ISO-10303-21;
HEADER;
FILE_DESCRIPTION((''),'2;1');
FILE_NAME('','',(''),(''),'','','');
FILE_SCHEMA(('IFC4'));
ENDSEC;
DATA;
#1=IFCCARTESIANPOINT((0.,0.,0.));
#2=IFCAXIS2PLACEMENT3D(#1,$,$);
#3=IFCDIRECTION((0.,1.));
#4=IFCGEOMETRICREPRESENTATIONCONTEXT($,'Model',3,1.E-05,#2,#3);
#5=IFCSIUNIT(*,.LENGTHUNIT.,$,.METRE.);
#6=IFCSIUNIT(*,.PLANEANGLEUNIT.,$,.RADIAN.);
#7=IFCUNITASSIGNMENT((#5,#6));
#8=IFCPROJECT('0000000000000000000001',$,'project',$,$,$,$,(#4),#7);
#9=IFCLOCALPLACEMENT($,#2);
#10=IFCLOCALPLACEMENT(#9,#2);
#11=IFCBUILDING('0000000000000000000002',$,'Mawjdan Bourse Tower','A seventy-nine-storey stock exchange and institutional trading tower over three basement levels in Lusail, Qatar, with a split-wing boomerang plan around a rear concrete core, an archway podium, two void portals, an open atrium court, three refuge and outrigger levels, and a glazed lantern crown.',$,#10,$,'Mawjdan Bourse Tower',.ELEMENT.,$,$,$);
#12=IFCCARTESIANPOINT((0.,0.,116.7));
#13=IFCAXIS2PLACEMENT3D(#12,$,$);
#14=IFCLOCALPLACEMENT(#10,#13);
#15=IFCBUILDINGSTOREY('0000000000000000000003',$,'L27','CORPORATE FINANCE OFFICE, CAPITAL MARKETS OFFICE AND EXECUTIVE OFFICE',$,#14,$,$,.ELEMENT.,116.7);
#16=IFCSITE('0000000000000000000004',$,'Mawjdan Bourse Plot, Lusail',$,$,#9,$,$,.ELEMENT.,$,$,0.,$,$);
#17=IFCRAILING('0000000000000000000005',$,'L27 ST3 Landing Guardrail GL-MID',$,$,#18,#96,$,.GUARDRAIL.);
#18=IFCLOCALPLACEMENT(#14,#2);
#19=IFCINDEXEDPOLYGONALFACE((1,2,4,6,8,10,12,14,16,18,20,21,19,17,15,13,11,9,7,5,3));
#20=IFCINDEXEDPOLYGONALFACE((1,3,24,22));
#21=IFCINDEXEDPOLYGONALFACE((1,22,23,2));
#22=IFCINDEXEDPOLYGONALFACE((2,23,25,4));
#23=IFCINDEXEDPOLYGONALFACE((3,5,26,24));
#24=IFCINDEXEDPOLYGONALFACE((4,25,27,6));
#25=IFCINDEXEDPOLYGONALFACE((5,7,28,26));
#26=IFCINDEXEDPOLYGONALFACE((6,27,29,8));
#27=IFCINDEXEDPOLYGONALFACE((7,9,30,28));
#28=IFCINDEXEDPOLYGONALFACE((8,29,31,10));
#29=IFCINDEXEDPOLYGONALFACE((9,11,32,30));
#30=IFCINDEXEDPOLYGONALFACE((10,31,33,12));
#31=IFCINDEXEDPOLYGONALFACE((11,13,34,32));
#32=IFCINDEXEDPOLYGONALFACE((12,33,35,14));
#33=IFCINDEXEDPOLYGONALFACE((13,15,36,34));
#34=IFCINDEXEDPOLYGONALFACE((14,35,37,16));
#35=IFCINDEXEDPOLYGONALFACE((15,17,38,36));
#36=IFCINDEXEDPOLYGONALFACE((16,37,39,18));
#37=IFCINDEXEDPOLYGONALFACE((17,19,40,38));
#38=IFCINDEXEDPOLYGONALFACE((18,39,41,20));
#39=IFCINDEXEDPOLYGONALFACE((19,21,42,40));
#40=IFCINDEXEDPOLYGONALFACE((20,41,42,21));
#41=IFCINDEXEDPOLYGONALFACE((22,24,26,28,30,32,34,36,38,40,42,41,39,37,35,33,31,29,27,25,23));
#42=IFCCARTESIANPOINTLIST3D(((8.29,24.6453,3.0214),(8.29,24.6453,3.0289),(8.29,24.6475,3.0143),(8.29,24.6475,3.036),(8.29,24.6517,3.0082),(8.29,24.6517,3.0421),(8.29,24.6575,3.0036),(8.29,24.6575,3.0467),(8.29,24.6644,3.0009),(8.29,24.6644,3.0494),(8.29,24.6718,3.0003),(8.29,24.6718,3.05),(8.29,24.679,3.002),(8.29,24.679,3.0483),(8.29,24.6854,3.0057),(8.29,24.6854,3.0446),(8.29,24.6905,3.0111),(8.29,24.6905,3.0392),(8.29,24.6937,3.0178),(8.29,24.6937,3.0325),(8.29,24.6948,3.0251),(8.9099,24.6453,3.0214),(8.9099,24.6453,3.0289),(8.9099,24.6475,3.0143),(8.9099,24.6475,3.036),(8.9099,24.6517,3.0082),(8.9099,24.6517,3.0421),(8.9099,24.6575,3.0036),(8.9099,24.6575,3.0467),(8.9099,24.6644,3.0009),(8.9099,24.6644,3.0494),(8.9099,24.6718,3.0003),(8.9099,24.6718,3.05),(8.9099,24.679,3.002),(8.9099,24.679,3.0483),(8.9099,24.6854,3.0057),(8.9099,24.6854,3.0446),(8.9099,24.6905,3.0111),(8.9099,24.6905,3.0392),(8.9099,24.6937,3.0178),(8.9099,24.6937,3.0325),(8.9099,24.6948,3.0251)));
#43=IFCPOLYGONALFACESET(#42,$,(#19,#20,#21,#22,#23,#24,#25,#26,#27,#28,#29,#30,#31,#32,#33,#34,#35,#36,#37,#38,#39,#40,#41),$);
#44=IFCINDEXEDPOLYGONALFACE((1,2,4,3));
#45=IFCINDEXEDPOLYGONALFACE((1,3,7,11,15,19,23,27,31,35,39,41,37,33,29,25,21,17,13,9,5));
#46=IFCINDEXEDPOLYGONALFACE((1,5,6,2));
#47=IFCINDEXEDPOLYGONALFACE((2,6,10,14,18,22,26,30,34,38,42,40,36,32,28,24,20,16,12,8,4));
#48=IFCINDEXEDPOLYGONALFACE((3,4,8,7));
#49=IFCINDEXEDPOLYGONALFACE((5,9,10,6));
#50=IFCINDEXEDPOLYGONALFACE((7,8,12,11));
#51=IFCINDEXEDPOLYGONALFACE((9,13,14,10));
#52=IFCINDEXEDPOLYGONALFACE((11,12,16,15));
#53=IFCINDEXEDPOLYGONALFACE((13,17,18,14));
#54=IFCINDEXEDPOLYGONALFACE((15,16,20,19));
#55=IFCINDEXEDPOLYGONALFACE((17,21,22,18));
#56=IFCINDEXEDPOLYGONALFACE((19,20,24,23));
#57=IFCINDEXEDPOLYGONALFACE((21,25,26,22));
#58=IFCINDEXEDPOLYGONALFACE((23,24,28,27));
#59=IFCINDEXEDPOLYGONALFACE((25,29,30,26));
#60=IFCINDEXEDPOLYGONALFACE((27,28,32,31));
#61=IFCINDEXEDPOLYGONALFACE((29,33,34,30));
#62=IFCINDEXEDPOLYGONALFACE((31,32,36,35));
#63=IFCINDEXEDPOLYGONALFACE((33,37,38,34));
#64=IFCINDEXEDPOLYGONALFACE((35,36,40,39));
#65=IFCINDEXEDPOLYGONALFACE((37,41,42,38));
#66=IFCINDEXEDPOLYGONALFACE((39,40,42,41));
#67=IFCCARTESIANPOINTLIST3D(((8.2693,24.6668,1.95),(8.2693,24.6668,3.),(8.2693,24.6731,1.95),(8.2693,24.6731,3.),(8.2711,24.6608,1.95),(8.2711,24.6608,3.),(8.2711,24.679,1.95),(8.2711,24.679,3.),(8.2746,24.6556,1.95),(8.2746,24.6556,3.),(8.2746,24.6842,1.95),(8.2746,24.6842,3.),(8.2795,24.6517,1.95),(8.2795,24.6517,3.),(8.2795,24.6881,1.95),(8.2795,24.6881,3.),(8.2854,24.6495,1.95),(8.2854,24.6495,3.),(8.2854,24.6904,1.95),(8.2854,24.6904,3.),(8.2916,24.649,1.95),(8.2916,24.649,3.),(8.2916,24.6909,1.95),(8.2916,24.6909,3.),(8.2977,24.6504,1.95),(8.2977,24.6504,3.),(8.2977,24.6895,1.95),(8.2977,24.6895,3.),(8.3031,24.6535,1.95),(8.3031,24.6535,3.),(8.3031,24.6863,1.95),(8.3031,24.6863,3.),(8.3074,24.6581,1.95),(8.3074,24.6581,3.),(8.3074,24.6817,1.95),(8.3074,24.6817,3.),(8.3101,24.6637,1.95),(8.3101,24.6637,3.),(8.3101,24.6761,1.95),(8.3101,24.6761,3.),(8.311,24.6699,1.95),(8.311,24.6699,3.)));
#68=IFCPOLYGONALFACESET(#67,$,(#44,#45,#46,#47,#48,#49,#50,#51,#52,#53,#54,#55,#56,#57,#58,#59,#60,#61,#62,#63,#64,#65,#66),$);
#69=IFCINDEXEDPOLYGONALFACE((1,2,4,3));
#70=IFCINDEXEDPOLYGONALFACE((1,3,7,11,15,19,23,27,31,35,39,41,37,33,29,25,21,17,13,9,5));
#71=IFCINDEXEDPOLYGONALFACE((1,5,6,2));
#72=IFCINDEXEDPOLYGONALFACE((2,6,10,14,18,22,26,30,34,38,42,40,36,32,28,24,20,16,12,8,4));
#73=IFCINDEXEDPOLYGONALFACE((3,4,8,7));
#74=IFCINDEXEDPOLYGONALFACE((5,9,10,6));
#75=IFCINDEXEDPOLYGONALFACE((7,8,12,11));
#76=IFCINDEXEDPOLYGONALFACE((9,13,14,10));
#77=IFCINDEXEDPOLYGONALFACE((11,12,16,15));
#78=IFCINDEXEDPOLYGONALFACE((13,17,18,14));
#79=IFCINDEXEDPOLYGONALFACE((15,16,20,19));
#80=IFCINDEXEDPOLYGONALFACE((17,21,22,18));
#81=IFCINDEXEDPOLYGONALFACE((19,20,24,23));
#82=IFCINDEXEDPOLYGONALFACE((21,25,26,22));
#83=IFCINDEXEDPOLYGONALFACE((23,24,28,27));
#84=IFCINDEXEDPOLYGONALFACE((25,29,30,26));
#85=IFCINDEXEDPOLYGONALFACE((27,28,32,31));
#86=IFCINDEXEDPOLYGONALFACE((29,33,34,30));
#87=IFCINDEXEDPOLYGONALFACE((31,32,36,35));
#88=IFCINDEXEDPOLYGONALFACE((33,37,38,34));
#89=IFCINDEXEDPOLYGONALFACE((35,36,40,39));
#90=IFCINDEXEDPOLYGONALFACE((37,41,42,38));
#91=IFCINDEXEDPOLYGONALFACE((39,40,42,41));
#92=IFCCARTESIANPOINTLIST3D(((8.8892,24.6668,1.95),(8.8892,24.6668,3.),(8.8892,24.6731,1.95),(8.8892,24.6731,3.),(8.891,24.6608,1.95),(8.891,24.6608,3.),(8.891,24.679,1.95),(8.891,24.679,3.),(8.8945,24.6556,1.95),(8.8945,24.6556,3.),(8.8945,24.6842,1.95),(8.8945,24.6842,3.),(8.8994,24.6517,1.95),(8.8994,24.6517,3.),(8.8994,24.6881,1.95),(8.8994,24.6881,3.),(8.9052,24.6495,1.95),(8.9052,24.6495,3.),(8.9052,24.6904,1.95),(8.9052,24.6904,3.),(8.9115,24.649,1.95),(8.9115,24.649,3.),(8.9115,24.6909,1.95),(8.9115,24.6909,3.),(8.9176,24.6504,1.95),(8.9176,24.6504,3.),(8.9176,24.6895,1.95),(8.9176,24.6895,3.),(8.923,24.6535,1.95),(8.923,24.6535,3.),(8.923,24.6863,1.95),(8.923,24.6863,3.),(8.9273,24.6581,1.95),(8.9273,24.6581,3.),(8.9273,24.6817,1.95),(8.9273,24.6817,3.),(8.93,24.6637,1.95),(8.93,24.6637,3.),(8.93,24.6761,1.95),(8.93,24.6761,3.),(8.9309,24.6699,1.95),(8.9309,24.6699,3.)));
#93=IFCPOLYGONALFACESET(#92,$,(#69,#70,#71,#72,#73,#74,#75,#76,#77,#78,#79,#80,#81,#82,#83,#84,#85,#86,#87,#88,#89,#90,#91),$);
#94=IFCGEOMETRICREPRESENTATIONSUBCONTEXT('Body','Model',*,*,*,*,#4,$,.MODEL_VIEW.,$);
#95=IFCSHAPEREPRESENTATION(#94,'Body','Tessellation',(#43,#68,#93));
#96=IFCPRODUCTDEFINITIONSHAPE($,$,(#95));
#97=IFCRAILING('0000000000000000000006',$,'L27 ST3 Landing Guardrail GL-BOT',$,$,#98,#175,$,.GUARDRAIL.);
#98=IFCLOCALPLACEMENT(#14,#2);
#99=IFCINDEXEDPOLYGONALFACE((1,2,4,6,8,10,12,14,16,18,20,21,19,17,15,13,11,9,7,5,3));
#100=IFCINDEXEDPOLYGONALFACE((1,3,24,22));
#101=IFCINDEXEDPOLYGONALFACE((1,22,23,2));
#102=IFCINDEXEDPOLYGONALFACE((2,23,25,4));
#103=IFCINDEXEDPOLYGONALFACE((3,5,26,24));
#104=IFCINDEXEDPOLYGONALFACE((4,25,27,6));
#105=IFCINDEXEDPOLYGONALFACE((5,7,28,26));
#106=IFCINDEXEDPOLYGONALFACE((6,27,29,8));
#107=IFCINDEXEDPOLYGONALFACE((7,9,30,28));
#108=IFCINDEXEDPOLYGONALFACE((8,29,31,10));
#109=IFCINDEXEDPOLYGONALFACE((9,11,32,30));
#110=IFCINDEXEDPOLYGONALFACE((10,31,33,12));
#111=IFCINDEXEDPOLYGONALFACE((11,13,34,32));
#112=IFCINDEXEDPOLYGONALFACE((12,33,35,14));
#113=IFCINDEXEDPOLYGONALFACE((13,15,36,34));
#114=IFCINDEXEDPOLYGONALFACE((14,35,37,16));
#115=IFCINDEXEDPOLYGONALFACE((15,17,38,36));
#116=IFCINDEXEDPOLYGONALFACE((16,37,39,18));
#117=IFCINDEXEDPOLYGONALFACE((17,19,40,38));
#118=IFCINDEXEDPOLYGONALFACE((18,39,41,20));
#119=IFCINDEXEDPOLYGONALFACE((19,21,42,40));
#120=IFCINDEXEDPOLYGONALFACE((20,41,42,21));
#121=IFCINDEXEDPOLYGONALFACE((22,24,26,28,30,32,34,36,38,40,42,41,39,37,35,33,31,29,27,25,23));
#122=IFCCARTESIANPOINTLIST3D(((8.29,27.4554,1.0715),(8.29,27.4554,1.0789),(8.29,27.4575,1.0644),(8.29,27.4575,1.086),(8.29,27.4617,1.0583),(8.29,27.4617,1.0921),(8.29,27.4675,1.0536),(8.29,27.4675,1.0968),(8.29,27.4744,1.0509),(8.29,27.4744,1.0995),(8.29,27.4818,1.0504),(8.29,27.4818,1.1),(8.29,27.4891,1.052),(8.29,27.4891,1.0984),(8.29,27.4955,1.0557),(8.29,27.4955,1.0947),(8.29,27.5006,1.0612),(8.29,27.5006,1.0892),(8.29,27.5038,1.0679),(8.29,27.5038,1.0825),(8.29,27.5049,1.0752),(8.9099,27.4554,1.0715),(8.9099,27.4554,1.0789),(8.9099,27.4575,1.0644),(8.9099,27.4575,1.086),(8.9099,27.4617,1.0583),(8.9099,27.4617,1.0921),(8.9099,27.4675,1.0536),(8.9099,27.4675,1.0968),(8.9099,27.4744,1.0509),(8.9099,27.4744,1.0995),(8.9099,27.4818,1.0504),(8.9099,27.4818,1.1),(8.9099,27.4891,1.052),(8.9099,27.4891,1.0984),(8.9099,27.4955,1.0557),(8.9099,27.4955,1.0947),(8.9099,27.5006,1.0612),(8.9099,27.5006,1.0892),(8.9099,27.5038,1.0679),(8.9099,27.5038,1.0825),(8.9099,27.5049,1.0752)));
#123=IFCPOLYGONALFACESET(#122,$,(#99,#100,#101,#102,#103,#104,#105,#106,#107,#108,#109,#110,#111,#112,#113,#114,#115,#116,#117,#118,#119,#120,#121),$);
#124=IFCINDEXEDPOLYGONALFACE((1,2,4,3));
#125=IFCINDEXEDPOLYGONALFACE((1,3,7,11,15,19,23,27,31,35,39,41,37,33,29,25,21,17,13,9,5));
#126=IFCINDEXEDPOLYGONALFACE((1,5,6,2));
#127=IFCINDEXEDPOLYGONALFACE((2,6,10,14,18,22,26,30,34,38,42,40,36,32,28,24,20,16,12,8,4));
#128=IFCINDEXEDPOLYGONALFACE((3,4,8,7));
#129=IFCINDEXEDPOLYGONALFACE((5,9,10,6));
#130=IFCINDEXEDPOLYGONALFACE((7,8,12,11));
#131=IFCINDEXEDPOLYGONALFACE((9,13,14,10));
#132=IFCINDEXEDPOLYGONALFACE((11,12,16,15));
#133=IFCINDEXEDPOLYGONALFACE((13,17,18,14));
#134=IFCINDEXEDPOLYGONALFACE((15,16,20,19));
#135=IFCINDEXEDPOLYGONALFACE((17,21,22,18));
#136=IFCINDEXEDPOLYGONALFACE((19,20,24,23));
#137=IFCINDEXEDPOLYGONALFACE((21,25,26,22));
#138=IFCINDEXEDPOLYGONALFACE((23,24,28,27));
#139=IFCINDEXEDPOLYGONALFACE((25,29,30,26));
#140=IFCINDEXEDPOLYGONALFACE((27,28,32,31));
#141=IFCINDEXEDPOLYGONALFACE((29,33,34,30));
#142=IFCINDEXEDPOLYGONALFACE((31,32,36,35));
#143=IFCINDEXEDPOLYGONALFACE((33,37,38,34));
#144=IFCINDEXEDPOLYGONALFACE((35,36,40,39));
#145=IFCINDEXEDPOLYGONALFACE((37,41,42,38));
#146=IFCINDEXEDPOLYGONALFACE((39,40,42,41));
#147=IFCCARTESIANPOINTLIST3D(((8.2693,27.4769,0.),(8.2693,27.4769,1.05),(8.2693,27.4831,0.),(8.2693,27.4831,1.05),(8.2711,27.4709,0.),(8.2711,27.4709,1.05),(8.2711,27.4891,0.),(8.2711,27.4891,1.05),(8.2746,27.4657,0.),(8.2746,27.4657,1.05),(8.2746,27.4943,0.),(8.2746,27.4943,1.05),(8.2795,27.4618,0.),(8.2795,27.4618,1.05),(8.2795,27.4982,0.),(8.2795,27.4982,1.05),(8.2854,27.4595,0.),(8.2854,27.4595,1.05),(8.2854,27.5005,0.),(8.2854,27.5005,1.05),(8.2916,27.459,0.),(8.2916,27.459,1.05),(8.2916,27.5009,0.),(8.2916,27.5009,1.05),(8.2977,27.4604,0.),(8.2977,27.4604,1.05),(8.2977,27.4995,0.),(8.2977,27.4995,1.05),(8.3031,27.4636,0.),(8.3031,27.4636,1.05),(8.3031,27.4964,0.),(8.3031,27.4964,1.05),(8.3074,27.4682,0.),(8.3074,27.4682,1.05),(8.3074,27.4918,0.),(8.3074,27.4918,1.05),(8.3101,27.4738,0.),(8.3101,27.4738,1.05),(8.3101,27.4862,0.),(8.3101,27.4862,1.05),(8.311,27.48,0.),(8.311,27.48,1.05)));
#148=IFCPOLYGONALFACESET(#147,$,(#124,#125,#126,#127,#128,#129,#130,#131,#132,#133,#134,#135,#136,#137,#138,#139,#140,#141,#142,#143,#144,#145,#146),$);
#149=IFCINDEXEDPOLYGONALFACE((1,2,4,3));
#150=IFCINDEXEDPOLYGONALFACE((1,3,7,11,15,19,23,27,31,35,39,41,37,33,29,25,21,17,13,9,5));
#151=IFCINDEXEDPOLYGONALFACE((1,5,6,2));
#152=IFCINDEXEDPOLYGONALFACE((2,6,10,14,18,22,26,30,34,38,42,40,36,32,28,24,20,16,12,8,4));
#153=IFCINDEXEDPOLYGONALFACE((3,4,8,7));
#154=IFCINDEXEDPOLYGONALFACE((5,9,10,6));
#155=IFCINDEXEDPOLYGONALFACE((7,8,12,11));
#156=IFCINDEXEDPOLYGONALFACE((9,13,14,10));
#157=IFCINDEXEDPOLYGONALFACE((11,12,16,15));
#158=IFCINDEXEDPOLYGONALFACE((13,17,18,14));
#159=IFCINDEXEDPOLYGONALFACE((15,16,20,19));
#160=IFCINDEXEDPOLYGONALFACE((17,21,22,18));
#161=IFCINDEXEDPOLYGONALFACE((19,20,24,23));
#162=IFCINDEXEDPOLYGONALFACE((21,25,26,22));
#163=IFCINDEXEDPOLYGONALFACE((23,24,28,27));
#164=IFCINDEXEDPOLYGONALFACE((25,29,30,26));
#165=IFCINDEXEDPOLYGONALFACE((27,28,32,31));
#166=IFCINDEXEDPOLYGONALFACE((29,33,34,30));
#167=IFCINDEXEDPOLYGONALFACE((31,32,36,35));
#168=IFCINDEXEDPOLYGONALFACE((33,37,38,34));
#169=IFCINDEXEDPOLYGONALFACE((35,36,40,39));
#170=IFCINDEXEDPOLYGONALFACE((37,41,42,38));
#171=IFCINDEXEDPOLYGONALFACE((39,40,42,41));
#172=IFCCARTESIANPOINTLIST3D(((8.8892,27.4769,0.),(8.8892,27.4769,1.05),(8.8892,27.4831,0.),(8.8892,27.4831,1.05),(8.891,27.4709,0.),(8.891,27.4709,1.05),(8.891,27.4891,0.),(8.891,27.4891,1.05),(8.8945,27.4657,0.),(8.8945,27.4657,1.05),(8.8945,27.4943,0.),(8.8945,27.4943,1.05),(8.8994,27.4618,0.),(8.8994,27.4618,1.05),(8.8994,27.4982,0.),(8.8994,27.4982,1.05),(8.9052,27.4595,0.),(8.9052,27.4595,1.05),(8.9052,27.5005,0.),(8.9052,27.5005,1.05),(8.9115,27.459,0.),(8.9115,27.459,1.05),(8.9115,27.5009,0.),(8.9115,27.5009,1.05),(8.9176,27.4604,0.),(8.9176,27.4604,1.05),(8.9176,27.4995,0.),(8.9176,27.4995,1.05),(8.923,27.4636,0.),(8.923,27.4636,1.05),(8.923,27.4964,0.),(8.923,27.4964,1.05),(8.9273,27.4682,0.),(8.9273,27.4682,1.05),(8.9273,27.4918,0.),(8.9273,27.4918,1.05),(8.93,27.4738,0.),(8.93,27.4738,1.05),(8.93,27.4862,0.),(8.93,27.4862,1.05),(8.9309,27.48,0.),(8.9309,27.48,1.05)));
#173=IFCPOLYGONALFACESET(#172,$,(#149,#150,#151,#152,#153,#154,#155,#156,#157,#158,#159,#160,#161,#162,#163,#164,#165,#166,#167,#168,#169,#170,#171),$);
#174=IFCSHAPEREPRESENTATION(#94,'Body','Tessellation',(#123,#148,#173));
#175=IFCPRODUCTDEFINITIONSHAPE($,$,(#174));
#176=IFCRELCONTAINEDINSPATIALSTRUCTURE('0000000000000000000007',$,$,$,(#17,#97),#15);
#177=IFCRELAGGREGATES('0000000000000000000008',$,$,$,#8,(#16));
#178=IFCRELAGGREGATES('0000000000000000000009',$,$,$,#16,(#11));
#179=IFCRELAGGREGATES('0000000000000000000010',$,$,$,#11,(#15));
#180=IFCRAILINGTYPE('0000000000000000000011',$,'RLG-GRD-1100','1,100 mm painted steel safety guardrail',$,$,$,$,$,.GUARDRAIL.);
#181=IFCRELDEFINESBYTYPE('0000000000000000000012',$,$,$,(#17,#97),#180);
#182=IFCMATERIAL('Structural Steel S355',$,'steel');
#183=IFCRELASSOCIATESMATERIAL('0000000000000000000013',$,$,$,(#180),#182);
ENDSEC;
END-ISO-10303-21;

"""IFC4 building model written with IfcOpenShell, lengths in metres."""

from ifc_helpers import new_model, si_unit, direction, frame, origin, origin_2d, place, context, subcontext, project, spatial, circle, extrude, material, type_object, element, save


model = new_model("IFC4")

# Units and contexts
model_context = context("Model", 3, precision=1e-05, world=origin(), true_north=direction((0.0, 1.0)))
body_context = subcontext(model_context, "Body", "Model", "MODEL_VIEW")
ifc_project = project(units=[si_unit("LENGTHUNIT", "METRE"), si_unit("PLANEANGLEUNIT", "RADIAN")], contexts=[model_context])

# Site, building, storey
site_placement = place(None, origin())
site = spatial("IfcSite", under=ifc_project, at=site_placement, Name="Mawjdan Bourse Plot, Lusail", CompositionType="ELEMENT", RefElevation=0.0)
building_placement = place(site_placement, origin())
building = spatial("IfcBuilding", under=site, at=building_placement, Name="Mawjdan Bourse Tower", Description="A seventy-nine-storey stock exchange and institutional trading tower over three basement levels in Lusail, Qatar, with a split-wing boomerang plan around a rear concrete core, an archway podium, two void portals, an open atrium court, three refuge and outrigger levels, and a glazed lantern crown.", LongName="Mawjdan Bourse Tower", CompositionType="ELEMENT")
storey_placement = place(building_placement, frame((0.0, 0.0, 116.7)))
storey = spatial("IfcBuildingStorey", under=building, at=storey_placement, Name="L27", Description="CORPORATE FINANCE OFFICE, CAPITAL MARKETS OFFICE AND EXECUTIVE OFFICE", CompositionType="ELEMENT", Elevation=116.7)

# Shared definitions
ifc_material_1 = material(Name="Structural Steel S355", Category="steel")

# Railings
railing_type_1 = type_object("IfcRailingType", Name="RLG-GRD-1100", Description="1,100 mm painted steel safety guardrail", PredefinedType="GUARDRAIL", material=ifc_material_1)
for number, where, name in (
    (1, (8.29, 24.6699, 1.95), "L27 ST3 Landing Guardrail GL-MID"),
    (2, (8.29, 27.48, 0.0), "L27 ST3 Landing Guardrail GL-BOT"),
):
    element("IfcRailing", number, at=place(storey_placement, frame(where)), inside=storey, type_object=railing_type_1, Name=name, PredefinedType="GUARDRAIL", context=body_context, shape_type="SweptSolid", body=[
        extrude(circle(Radius=0.0249, at=origin_2d()), frame((0.0, 0.0, 1.0752), z_axis=(1.0, 0.0, 0.0), x_axis=(0.0, 1.0, 0.0)), (0.0, 0.0, 1.0), 0.6199),
        extrude(circle(Radius=0.021, at=origin_2d()), origin(), (0.0, 0.0, 1.0), 1.05),
        extrude(circle(Radius=0.021, at=origin_2d()), frame((0.6199, 0.0, 0.0)), (0.0, 0.0, 1.0), 1.05),
    ])

save(model, "model.ifc")
